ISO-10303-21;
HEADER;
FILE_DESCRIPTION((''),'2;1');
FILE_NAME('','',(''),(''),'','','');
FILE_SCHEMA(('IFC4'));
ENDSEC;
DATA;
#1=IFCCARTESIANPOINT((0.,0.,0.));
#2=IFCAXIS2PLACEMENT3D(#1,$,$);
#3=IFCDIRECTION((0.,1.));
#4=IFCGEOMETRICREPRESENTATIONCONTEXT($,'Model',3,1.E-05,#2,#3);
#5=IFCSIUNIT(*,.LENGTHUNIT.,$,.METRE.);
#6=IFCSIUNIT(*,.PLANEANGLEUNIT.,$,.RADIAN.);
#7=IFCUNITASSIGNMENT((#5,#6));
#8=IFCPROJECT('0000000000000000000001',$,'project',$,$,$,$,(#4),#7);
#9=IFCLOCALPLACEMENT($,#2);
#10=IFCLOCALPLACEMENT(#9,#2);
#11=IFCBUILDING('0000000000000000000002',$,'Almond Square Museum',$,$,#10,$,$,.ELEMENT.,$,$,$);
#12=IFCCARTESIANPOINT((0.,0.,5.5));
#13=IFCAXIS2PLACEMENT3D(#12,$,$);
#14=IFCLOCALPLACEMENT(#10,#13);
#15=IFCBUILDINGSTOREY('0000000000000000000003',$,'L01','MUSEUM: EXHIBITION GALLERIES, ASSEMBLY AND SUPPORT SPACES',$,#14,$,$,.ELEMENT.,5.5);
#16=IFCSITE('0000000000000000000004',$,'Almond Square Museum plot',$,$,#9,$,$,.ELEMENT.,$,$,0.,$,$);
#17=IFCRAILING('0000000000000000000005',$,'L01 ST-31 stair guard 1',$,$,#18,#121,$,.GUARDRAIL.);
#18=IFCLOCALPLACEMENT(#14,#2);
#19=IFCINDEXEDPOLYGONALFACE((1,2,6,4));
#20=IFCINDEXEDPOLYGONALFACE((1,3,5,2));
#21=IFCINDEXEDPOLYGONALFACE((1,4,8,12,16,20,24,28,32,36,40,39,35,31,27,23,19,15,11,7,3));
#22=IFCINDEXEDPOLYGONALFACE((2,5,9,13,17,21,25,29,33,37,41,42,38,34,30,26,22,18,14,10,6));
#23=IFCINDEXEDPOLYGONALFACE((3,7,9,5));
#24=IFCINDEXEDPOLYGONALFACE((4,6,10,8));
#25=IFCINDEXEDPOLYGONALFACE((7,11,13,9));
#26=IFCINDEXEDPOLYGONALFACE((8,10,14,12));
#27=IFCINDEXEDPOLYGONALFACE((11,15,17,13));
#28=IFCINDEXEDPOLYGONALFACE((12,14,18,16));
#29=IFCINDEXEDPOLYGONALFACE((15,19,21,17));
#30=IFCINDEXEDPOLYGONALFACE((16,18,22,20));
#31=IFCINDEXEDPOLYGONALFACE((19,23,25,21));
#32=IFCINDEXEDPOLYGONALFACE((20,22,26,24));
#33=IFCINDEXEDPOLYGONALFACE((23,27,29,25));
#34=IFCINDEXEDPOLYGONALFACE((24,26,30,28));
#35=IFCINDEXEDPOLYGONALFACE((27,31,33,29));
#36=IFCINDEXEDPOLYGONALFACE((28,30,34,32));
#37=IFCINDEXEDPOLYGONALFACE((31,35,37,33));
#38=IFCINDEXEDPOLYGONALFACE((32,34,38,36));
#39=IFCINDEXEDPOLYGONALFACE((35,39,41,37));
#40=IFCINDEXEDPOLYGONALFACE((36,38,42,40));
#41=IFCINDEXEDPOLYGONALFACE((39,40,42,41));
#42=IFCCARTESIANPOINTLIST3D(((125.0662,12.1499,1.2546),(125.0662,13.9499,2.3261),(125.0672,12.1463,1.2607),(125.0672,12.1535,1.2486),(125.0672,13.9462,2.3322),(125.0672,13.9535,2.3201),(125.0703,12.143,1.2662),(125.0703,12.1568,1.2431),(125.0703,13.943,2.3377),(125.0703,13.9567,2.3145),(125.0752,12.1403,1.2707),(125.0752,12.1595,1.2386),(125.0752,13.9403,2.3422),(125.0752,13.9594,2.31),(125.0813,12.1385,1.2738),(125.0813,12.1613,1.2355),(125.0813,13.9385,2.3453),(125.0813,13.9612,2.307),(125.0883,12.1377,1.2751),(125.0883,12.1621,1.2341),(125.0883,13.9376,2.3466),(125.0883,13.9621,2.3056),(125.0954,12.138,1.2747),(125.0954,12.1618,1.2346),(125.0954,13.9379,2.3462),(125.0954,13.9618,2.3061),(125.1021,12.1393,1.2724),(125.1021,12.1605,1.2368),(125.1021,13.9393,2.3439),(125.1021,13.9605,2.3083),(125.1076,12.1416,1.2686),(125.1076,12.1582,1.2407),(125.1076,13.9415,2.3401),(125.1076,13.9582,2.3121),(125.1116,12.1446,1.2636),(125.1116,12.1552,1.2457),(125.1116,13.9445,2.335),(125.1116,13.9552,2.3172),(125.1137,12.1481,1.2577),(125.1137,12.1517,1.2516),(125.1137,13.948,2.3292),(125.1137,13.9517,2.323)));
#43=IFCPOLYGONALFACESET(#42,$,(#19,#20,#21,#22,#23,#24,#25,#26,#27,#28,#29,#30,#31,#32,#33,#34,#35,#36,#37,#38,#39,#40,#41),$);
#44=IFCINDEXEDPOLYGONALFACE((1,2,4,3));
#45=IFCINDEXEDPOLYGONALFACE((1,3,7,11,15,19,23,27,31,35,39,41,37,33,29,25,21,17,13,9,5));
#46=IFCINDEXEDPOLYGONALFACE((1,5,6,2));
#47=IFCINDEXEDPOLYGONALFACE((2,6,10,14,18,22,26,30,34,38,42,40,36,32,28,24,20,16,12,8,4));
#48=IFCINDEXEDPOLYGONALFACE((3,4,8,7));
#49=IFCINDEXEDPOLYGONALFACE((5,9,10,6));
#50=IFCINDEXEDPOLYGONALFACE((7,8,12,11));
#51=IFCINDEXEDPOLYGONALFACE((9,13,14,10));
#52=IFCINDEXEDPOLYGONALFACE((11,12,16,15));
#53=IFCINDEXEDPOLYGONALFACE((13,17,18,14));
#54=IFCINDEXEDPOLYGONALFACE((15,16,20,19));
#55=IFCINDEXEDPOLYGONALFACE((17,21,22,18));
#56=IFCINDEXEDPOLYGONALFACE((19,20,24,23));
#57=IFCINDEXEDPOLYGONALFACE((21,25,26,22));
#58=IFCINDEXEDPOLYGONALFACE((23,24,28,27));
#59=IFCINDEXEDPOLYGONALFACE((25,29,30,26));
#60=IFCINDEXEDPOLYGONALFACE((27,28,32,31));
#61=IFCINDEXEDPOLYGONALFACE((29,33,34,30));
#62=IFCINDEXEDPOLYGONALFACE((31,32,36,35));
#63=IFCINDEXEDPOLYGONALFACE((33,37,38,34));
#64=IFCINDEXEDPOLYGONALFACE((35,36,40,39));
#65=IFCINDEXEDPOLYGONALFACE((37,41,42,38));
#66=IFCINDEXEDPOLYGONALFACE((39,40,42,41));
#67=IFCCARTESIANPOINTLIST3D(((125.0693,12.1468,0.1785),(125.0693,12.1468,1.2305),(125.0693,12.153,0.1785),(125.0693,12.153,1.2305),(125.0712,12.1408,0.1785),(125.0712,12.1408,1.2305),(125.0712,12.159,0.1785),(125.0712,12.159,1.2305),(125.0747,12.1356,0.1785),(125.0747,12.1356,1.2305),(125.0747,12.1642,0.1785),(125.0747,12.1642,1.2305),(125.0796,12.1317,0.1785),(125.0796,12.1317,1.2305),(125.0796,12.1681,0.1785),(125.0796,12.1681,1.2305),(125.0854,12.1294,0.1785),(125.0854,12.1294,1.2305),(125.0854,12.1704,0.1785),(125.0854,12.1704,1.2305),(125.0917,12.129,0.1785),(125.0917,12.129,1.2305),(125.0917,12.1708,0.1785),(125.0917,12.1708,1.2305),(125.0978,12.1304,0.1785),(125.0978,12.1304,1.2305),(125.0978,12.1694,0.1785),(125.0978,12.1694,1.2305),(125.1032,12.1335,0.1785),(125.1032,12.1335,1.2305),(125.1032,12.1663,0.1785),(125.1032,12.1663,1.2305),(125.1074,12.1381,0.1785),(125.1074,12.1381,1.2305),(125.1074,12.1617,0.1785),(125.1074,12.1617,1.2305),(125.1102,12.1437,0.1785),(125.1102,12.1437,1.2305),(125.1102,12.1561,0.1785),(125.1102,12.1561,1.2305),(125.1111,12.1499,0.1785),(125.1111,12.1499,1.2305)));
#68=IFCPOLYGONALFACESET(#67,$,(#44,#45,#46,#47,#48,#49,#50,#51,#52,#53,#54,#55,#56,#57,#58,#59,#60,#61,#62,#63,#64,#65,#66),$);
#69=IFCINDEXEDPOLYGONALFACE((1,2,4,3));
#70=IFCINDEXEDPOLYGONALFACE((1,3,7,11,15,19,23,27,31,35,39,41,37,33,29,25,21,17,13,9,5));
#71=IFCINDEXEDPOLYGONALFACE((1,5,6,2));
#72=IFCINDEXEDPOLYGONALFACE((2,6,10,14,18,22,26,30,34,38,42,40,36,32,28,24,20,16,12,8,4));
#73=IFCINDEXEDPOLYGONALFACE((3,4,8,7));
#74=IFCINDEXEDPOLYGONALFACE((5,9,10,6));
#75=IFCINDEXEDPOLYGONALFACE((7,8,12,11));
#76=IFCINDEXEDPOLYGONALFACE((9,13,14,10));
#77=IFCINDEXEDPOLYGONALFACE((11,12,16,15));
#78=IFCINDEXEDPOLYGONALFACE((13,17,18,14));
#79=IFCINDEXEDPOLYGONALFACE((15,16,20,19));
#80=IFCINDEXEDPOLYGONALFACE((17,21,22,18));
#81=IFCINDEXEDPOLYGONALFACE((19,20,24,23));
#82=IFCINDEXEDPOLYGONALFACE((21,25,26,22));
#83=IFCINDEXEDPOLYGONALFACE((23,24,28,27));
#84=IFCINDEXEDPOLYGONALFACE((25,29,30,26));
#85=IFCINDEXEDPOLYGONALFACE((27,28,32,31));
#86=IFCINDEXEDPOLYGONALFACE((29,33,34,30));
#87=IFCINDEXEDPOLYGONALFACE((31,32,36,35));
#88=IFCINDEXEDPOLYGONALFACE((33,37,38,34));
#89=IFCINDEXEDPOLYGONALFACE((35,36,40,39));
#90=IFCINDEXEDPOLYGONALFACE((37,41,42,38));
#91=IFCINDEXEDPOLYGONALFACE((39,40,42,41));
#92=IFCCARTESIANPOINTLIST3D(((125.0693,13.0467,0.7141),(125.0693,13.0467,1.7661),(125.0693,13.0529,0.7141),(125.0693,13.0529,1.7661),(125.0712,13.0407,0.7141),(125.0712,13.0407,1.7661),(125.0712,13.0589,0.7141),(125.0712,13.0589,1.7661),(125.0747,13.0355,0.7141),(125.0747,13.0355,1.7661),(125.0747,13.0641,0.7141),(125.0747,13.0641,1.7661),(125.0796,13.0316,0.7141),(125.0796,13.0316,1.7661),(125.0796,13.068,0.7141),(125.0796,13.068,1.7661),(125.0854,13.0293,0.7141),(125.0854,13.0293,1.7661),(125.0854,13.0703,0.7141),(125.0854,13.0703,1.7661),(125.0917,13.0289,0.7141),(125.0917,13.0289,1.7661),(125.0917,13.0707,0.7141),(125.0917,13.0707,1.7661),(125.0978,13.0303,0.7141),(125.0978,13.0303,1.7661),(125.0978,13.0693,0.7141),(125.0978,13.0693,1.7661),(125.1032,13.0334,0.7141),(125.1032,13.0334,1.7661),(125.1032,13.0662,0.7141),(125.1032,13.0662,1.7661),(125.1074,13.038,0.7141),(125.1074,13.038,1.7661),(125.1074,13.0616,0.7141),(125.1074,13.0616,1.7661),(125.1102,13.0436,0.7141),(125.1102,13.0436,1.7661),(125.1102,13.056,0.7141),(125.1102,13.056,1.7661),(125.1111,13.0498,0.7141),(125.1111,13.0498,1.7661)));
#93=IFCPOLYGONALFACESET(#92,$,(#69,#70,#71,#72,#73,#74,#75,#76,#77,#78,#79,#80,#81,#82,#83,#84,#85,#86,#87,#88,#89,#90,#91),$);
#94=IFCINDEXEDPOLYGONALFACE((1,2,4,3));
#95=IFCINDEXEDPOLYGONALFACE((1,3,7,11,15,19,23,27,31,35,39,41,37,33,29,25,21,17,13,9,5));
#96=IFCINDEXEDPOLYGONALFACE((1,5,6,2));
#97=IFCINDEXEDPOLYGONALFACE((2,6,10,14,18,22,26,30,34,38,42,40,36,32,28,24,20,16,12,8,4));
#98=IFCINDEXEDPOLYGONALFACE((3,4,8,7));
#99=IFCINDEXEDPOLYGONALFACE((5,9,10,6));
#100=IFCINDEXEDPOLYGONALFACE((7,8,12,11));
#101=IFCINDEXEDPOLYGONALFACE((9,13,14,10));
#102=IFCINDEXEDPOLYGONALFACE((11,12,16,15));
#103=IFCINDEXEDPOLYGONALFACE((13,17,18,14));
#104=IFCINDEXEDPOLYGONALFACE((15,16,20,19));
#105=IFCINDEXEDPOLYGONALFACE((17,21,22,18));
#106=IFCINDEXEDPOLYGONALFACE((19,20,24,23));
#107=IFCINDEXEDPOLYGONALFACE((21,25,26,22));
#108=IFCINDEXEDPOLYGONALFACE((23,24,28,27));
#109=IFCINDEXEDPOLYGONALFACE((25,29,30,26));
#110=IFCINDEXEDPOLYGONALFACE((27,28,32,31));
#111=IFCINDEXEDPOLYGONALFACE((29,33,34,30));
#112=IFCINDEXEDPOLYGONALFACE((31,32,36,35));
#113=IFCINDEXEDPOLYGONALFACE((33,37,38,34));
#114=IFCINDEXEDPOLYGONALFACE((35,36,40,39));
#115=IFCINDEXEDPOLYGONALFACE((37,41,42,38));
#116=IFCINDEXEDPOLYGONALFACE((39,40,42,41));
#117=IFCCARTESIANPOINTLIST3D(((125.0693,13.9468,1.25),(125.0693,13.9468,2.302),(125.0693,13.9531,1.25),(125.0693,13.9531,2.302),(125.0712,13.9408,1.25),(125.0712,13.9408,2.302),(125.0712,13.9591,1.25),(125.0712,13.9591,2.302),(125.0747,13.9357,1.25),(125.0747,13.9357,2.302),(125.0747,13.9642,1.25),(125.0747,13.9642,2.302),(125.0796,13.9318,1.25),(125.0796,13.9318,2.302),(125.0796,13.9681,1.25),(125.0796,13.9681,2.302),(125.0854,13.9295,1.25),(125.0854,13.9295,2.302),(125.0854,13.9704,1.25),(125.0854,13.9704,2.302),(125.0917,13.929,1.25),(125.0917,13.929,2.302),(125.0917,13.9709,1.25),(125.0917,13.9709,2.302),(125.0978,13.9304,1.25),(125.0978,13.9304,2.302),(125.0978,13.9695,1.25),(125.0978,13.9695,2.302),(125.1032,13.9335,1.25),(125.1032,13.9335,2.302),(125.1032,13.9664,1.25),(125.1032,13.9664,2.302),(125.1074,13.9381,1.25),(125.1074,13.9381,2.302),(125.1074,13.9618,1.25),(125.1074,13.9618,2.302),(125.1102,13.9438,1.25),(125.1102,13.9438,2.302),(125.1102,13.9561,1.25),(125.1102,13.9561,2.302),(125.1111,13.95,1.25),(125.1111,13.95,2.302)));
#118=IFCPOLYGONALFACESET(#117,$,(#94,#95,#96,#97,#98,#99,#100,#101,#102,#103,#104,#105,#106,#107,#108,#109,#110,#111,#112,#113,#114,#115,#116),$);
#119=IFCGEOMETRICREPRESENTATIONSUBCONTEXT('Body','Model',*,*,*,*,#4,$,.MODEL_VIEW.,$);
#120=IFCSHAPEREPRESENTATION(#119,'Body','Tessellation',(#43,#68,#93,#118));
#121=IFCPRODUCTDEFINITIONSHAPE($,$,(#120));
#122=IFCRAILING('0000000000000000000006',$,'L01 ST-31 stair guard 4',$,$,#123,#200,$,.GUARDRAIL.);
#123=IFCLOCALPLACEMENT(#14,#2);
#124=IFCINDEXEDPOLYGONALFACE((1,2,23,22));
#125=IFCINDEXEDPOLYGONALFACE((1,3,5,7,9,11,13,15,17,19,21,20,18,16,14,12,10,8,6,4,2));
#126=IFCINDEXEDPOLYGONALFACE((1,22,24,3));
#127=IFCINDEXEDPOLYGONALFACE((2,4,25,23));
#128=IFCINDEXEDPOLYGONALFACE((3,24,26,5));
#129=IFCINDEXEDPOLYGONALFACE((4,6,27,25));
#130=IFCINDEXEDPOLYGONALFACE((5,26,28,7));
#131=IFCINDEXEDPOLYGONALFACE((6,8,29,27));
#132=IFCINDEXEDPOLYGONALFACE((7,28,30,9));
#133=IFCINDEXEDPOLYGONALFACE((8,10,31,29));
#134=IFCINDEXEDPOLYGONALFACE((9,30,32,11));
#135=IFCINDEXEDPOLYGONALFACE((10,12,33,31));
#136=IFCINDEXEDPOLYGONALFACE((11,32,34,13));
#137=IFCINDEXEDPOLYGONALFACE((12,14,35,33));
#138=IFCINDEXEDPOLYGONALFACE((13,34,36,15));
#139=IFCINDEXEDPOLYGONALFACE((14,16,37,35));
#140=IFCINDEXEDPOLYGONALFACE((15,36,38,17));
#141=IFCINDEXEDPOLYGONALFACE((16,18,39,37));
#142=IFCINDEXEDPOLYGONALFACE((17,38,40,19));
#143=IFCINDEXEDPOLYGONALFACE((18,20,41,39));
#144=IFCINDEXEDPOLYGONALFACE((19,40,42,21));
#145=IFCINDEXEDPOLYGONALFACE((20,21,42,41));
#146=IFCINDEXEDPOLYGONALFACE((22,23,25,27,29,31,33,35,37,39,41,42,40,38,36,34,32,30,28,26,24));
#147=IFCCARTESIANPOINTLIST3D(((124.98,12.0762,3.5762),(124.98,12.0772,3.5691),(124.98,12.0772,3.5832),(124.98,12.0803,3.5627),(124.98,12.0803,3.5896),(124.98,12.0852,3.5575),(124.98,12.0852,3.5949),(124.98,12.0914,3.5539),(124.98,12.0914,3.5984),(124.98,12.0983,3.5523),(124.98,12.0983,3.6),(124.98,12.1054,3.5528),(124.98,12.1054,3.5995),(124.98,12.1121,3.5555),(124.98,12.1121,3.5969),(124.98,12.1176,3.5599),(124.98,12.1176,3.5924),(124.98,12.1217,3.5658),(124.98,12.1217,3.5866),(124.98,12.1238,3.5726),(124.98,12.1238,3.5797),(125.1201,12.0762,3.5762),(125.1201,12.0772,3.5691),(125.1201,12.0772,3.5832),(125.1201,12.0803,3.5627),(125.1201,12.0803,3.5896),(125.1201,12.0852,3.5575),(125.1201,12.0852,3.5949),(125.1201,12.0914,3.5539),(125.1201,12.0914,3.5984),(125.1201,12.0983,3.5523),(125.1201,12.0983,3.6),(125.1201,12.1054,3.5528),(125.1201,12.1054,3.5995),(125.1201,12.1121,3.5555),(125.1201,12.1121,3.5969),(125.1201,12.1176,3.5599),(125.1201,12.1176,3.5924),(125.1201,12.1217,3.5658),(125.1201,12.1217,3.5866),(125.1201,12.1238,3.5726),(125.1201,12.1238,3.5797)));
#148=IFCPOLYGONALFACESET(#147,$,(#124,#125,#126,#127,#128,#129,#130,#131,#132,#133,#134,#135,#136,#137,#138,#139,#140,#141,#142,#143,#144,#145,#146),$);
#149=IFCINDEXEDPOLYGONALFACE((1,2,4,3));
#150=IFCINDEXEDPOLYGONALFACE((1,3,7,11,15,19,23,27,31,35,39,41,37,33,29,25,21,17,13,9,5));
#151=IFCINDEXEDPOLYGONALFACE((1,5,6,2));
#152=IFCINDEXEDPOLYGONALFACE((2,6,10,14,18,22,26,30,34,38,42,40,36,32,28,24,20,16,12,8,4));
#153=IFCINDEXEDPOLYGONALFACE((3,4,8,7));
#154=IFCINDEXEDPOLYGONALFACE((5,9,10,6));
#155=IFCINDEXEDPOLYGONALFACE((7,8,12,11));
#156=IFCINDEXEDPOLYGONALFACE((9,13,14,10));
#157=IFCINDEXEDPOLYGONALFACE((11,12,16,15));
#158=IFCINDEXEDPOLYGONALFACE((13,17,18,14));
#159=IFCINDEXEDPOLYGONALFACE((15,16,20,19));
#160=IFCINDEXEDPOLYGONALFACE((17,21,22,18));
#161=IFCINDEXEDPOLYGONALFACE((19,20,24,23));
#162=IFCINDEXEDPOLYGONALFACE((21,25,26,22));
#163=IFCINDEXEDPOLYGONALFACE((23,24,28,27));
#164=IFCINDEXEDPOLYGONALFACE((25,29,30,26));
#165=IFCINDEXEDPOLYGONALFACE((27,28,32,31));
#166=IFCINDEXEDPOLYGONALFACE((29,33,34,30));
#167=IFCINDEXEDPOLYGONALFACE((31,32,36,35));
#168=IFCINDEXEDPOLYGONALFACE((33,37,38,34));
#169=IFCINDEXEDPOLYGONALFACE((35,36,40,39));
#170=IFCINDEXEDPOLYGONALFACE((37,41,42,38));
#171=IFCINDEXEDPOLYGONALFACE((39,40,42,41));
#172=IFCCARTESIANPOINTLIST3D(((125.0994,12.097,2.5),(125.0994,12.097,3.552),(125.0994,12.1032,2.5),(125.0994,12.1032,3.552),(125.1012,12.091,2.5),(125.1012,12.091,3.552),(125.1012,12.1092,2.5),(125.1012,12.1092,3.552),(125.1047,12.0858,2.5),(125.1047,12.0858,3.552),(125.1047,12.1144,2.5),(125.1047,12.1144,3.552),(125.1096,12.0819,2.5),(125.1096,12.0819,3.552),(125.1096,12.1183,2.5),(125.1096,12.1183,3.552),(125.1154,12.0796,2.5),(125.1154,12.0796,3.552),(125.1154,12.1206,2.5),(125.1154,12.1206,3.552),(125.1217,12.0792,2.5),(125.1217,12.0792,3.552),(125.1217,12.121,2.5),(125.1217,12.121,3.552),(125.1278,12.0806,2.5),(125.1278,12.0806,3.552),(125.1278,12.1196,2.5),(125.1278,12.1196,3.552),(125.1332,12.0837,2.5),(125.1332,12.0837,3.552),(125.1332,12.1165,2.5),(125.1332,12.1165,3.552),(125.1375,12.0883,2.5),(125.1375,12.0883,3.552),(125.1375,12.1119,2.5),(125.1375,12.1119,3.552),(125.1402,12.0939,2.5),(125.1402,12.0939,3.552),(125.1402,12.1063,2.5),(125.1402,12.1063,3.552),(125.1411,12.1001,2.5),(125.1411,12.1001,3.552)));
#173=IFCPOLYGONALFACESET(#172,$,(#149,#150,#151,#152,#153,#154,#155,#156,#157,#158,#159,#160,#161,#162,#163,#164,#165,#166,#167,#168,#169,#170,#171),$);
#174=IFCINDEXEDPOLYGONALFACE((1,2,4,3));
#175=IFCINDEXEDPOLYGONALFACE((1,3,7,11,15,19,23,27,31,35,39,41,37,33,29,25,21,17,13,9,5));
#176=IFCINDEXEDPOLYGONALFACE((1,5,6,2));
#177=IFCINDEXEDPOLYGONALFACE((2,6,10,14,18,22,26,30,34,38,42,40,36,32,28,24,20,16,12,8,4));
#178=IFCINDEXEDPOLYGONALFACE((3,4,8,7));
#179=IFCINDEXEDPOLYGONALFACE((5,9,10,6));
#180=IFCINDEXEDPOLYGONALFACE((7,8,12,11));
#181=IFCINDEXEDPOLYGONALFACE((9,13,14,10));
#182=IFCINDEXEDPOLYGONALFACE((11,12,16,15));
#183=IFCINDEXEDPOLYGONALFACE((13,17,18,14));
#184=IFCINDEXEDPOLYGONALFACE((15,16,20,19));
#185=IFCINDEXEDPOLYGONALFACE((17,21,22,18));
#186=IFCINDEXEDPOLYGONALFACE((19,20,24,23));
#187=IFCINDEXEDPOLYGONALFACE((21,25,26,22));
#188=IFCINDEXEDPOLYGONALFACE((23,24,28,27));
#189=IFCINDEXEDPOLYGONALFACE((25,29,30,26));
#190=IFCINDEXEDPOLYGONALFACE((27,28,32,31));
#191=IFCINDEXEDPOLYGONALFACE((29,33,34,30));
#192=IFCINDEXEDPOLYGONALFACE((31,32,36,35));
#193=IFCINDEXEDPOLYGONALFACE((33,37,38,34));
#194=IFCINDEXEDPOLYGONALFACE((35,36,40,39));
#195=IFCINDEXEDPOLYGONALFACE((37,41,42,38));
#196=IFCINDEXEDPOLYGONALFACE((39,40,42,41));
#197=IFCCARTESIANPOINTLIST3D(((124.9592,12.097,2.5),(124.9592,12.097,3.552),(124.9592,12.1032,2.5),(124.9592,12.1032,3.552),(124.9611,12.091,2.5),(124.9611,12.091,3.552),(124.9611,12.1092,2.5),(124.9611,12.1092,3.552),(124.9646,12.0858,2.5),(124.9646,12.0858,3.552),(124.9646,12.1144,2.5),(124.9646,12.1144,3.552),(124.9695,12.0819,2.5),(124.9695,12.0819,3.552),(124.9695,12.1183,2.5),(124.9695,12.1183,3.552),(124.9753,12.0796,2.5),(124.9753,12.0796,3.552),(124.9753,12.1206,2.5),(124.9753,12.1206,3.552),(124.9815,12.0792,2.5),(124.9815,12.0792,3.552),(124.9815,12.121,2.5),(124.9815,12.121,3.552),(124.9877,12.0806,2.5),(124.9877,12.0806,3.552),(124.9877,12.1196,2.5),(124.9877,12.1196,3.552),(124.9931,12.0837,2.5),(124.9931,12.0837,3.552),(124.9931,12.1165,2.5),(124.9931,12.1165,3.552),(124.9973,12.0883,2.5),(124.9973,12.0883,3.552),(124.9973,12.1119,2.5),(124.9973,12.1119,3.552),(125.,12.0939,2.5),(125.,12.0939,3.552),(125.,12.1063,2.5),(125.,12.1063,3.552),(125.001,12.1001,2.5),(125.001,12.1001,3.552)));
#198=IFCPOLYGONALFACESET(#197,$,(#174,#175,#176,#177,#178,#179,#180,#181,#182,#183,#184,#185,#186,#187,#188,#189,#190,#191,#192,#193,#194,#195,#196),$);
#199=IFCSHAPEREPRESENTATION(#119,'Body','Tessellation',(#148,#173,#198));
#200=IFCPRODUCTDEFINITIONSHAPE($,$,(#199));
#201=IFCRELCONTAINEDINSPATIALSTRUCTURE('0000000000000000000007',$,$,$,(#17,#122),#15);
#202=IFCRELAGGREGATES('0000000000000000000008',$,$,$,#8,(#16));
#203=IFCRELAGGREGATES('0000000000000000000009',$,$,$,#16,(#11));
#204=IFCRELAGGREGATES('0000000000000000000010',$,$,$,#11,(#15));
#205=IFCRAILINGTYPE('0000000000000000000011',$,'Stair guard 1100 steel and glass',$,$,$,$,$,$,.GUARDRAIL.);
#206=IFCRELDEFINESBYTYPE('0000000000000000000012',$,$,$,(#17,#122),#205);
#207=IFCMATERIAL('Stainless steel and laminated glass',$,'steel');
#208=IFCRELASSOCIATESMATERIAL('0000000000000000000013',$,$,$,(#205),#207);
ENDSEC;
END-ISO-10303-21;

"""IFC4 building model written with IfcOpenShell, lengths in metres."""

from ifc_helpers import new_model, si_unit, direction, frame, origin, origin_2d, place, context, subcontext, project, spatial, circle, extrude, material, type_object, element, save


model = new_model("IFC4")

# Units and contexts
model_context = context("Model", 3, precision=1e-05, world=origin(), true_north=direction((0.0, 1.0)))
body_context = subcontext(model_context, "Body", "Model", "MODEL_VIEW")
ifc_project = project(units=[si_unit("LENGTHUNIT", "METRE"), si_unit("PLANEANGLEUNIT", "RADIAN")], contexts=[model_context])

# Site, building, storey
site_placement = place(None, origin())
site = spatial("IfcSite", under=ifc_project, at=site_placement, Name="Almond Square Museum plot", CompositionType="ELEMENT", RefElevation=0.0)
building_placement = place(site_placement, origin())
building = spatial("IfcBuilding", under=site, at=building_placement, Name="Almond Square Museum", CompositionType="ELEMENT")
storey_placement = place(building_placement, frame((0.0, 0.0, 5.5)))
storey = spatial("IfcBuildingStorey", under=building, at=storey_placement, Name="L01", Description="MUSEUM: EXHIBITION GALLERIES, ASSEMBLY AND SUPPORT SPACES", CompositionType="ELEMENT", Elevation=5.5)

# Railings
ifc_material_1 = material(Name="Stainless steel and laminated glass", Category="steel")
railing_type = type_object("IfcRailingType", Name="Stair guard 1100 steel and glass", PredefinedType="GUARDRAIL", material=ifc_material_1)
railing_placement = place(storey_placement, frame((125.0901, 12.1499, 0.1785)))
element("IfcRailing", 1, at=railing_placement, inside=storey, type_object=railing_type, Name="L01 ST-31 stair guard 1", PredefinedType="GUARDRAIL", context=body_context, shape_type="SweptSolid", body=[
    extrude(circle(Radius=0.0239, at=origin_2d()), frame((0.0, 0.0, 1.0762), z_axis=(0.0, 0.859277, 0.51151), x_axis=(-1.0, 0.0, 0.0)), (0.0, 0.0, 1.0), 2.0947),
    extrude(circle(Radius=0.021, at=origin_2d()), origin(), (0.0, 0.0, 1.0), 1.052),
    extrude(circle(Radius=0.021, at=origin_2d()), frame((0.0, 0.8999, 0.5356)), (0.0, 0.0, 1.0), 1.052),
    extrude(circle(Radius=0.021, at=origin_2d()), frame((0.0, 1.8, 1.0715)), (0.0, 0.0, 1.0), 1.052),
])
for number, where, name in (
    (2, (125.1201, 12.1001, 2.5), "L01 ST-31 stair guard 4"),
):
    element("IfcRailing", number, at=place(storey_placement, frame(where)), inside=storey, type_object=railing_type, Name=name, PredefinedType="GUARDRAIL", context=body_context, shape_type="SweptSolid", body=[
        extrude(circle(Radius=0.0239, at=origin_2d()), frame((0.0, 0.0, 1.0762), z_axis=(-1.0, 0.0, 0.0), x_axis=(0.0, -1.0, 0.0)), (0.0, 0.0, 1.0), 0.1401),
        extrude(circle(Radius=0.021, at=origin_2d()), origin(), (0.0, 0.0, 1.0), 1.052),
        extrude(circle(Radius=0.021, at=origin_2d()), frame((-0.1401, 0.0, 0.0)), (0.0, 0.0, 1.0), 1.052),
    ])

save(model, "model.ifc")
